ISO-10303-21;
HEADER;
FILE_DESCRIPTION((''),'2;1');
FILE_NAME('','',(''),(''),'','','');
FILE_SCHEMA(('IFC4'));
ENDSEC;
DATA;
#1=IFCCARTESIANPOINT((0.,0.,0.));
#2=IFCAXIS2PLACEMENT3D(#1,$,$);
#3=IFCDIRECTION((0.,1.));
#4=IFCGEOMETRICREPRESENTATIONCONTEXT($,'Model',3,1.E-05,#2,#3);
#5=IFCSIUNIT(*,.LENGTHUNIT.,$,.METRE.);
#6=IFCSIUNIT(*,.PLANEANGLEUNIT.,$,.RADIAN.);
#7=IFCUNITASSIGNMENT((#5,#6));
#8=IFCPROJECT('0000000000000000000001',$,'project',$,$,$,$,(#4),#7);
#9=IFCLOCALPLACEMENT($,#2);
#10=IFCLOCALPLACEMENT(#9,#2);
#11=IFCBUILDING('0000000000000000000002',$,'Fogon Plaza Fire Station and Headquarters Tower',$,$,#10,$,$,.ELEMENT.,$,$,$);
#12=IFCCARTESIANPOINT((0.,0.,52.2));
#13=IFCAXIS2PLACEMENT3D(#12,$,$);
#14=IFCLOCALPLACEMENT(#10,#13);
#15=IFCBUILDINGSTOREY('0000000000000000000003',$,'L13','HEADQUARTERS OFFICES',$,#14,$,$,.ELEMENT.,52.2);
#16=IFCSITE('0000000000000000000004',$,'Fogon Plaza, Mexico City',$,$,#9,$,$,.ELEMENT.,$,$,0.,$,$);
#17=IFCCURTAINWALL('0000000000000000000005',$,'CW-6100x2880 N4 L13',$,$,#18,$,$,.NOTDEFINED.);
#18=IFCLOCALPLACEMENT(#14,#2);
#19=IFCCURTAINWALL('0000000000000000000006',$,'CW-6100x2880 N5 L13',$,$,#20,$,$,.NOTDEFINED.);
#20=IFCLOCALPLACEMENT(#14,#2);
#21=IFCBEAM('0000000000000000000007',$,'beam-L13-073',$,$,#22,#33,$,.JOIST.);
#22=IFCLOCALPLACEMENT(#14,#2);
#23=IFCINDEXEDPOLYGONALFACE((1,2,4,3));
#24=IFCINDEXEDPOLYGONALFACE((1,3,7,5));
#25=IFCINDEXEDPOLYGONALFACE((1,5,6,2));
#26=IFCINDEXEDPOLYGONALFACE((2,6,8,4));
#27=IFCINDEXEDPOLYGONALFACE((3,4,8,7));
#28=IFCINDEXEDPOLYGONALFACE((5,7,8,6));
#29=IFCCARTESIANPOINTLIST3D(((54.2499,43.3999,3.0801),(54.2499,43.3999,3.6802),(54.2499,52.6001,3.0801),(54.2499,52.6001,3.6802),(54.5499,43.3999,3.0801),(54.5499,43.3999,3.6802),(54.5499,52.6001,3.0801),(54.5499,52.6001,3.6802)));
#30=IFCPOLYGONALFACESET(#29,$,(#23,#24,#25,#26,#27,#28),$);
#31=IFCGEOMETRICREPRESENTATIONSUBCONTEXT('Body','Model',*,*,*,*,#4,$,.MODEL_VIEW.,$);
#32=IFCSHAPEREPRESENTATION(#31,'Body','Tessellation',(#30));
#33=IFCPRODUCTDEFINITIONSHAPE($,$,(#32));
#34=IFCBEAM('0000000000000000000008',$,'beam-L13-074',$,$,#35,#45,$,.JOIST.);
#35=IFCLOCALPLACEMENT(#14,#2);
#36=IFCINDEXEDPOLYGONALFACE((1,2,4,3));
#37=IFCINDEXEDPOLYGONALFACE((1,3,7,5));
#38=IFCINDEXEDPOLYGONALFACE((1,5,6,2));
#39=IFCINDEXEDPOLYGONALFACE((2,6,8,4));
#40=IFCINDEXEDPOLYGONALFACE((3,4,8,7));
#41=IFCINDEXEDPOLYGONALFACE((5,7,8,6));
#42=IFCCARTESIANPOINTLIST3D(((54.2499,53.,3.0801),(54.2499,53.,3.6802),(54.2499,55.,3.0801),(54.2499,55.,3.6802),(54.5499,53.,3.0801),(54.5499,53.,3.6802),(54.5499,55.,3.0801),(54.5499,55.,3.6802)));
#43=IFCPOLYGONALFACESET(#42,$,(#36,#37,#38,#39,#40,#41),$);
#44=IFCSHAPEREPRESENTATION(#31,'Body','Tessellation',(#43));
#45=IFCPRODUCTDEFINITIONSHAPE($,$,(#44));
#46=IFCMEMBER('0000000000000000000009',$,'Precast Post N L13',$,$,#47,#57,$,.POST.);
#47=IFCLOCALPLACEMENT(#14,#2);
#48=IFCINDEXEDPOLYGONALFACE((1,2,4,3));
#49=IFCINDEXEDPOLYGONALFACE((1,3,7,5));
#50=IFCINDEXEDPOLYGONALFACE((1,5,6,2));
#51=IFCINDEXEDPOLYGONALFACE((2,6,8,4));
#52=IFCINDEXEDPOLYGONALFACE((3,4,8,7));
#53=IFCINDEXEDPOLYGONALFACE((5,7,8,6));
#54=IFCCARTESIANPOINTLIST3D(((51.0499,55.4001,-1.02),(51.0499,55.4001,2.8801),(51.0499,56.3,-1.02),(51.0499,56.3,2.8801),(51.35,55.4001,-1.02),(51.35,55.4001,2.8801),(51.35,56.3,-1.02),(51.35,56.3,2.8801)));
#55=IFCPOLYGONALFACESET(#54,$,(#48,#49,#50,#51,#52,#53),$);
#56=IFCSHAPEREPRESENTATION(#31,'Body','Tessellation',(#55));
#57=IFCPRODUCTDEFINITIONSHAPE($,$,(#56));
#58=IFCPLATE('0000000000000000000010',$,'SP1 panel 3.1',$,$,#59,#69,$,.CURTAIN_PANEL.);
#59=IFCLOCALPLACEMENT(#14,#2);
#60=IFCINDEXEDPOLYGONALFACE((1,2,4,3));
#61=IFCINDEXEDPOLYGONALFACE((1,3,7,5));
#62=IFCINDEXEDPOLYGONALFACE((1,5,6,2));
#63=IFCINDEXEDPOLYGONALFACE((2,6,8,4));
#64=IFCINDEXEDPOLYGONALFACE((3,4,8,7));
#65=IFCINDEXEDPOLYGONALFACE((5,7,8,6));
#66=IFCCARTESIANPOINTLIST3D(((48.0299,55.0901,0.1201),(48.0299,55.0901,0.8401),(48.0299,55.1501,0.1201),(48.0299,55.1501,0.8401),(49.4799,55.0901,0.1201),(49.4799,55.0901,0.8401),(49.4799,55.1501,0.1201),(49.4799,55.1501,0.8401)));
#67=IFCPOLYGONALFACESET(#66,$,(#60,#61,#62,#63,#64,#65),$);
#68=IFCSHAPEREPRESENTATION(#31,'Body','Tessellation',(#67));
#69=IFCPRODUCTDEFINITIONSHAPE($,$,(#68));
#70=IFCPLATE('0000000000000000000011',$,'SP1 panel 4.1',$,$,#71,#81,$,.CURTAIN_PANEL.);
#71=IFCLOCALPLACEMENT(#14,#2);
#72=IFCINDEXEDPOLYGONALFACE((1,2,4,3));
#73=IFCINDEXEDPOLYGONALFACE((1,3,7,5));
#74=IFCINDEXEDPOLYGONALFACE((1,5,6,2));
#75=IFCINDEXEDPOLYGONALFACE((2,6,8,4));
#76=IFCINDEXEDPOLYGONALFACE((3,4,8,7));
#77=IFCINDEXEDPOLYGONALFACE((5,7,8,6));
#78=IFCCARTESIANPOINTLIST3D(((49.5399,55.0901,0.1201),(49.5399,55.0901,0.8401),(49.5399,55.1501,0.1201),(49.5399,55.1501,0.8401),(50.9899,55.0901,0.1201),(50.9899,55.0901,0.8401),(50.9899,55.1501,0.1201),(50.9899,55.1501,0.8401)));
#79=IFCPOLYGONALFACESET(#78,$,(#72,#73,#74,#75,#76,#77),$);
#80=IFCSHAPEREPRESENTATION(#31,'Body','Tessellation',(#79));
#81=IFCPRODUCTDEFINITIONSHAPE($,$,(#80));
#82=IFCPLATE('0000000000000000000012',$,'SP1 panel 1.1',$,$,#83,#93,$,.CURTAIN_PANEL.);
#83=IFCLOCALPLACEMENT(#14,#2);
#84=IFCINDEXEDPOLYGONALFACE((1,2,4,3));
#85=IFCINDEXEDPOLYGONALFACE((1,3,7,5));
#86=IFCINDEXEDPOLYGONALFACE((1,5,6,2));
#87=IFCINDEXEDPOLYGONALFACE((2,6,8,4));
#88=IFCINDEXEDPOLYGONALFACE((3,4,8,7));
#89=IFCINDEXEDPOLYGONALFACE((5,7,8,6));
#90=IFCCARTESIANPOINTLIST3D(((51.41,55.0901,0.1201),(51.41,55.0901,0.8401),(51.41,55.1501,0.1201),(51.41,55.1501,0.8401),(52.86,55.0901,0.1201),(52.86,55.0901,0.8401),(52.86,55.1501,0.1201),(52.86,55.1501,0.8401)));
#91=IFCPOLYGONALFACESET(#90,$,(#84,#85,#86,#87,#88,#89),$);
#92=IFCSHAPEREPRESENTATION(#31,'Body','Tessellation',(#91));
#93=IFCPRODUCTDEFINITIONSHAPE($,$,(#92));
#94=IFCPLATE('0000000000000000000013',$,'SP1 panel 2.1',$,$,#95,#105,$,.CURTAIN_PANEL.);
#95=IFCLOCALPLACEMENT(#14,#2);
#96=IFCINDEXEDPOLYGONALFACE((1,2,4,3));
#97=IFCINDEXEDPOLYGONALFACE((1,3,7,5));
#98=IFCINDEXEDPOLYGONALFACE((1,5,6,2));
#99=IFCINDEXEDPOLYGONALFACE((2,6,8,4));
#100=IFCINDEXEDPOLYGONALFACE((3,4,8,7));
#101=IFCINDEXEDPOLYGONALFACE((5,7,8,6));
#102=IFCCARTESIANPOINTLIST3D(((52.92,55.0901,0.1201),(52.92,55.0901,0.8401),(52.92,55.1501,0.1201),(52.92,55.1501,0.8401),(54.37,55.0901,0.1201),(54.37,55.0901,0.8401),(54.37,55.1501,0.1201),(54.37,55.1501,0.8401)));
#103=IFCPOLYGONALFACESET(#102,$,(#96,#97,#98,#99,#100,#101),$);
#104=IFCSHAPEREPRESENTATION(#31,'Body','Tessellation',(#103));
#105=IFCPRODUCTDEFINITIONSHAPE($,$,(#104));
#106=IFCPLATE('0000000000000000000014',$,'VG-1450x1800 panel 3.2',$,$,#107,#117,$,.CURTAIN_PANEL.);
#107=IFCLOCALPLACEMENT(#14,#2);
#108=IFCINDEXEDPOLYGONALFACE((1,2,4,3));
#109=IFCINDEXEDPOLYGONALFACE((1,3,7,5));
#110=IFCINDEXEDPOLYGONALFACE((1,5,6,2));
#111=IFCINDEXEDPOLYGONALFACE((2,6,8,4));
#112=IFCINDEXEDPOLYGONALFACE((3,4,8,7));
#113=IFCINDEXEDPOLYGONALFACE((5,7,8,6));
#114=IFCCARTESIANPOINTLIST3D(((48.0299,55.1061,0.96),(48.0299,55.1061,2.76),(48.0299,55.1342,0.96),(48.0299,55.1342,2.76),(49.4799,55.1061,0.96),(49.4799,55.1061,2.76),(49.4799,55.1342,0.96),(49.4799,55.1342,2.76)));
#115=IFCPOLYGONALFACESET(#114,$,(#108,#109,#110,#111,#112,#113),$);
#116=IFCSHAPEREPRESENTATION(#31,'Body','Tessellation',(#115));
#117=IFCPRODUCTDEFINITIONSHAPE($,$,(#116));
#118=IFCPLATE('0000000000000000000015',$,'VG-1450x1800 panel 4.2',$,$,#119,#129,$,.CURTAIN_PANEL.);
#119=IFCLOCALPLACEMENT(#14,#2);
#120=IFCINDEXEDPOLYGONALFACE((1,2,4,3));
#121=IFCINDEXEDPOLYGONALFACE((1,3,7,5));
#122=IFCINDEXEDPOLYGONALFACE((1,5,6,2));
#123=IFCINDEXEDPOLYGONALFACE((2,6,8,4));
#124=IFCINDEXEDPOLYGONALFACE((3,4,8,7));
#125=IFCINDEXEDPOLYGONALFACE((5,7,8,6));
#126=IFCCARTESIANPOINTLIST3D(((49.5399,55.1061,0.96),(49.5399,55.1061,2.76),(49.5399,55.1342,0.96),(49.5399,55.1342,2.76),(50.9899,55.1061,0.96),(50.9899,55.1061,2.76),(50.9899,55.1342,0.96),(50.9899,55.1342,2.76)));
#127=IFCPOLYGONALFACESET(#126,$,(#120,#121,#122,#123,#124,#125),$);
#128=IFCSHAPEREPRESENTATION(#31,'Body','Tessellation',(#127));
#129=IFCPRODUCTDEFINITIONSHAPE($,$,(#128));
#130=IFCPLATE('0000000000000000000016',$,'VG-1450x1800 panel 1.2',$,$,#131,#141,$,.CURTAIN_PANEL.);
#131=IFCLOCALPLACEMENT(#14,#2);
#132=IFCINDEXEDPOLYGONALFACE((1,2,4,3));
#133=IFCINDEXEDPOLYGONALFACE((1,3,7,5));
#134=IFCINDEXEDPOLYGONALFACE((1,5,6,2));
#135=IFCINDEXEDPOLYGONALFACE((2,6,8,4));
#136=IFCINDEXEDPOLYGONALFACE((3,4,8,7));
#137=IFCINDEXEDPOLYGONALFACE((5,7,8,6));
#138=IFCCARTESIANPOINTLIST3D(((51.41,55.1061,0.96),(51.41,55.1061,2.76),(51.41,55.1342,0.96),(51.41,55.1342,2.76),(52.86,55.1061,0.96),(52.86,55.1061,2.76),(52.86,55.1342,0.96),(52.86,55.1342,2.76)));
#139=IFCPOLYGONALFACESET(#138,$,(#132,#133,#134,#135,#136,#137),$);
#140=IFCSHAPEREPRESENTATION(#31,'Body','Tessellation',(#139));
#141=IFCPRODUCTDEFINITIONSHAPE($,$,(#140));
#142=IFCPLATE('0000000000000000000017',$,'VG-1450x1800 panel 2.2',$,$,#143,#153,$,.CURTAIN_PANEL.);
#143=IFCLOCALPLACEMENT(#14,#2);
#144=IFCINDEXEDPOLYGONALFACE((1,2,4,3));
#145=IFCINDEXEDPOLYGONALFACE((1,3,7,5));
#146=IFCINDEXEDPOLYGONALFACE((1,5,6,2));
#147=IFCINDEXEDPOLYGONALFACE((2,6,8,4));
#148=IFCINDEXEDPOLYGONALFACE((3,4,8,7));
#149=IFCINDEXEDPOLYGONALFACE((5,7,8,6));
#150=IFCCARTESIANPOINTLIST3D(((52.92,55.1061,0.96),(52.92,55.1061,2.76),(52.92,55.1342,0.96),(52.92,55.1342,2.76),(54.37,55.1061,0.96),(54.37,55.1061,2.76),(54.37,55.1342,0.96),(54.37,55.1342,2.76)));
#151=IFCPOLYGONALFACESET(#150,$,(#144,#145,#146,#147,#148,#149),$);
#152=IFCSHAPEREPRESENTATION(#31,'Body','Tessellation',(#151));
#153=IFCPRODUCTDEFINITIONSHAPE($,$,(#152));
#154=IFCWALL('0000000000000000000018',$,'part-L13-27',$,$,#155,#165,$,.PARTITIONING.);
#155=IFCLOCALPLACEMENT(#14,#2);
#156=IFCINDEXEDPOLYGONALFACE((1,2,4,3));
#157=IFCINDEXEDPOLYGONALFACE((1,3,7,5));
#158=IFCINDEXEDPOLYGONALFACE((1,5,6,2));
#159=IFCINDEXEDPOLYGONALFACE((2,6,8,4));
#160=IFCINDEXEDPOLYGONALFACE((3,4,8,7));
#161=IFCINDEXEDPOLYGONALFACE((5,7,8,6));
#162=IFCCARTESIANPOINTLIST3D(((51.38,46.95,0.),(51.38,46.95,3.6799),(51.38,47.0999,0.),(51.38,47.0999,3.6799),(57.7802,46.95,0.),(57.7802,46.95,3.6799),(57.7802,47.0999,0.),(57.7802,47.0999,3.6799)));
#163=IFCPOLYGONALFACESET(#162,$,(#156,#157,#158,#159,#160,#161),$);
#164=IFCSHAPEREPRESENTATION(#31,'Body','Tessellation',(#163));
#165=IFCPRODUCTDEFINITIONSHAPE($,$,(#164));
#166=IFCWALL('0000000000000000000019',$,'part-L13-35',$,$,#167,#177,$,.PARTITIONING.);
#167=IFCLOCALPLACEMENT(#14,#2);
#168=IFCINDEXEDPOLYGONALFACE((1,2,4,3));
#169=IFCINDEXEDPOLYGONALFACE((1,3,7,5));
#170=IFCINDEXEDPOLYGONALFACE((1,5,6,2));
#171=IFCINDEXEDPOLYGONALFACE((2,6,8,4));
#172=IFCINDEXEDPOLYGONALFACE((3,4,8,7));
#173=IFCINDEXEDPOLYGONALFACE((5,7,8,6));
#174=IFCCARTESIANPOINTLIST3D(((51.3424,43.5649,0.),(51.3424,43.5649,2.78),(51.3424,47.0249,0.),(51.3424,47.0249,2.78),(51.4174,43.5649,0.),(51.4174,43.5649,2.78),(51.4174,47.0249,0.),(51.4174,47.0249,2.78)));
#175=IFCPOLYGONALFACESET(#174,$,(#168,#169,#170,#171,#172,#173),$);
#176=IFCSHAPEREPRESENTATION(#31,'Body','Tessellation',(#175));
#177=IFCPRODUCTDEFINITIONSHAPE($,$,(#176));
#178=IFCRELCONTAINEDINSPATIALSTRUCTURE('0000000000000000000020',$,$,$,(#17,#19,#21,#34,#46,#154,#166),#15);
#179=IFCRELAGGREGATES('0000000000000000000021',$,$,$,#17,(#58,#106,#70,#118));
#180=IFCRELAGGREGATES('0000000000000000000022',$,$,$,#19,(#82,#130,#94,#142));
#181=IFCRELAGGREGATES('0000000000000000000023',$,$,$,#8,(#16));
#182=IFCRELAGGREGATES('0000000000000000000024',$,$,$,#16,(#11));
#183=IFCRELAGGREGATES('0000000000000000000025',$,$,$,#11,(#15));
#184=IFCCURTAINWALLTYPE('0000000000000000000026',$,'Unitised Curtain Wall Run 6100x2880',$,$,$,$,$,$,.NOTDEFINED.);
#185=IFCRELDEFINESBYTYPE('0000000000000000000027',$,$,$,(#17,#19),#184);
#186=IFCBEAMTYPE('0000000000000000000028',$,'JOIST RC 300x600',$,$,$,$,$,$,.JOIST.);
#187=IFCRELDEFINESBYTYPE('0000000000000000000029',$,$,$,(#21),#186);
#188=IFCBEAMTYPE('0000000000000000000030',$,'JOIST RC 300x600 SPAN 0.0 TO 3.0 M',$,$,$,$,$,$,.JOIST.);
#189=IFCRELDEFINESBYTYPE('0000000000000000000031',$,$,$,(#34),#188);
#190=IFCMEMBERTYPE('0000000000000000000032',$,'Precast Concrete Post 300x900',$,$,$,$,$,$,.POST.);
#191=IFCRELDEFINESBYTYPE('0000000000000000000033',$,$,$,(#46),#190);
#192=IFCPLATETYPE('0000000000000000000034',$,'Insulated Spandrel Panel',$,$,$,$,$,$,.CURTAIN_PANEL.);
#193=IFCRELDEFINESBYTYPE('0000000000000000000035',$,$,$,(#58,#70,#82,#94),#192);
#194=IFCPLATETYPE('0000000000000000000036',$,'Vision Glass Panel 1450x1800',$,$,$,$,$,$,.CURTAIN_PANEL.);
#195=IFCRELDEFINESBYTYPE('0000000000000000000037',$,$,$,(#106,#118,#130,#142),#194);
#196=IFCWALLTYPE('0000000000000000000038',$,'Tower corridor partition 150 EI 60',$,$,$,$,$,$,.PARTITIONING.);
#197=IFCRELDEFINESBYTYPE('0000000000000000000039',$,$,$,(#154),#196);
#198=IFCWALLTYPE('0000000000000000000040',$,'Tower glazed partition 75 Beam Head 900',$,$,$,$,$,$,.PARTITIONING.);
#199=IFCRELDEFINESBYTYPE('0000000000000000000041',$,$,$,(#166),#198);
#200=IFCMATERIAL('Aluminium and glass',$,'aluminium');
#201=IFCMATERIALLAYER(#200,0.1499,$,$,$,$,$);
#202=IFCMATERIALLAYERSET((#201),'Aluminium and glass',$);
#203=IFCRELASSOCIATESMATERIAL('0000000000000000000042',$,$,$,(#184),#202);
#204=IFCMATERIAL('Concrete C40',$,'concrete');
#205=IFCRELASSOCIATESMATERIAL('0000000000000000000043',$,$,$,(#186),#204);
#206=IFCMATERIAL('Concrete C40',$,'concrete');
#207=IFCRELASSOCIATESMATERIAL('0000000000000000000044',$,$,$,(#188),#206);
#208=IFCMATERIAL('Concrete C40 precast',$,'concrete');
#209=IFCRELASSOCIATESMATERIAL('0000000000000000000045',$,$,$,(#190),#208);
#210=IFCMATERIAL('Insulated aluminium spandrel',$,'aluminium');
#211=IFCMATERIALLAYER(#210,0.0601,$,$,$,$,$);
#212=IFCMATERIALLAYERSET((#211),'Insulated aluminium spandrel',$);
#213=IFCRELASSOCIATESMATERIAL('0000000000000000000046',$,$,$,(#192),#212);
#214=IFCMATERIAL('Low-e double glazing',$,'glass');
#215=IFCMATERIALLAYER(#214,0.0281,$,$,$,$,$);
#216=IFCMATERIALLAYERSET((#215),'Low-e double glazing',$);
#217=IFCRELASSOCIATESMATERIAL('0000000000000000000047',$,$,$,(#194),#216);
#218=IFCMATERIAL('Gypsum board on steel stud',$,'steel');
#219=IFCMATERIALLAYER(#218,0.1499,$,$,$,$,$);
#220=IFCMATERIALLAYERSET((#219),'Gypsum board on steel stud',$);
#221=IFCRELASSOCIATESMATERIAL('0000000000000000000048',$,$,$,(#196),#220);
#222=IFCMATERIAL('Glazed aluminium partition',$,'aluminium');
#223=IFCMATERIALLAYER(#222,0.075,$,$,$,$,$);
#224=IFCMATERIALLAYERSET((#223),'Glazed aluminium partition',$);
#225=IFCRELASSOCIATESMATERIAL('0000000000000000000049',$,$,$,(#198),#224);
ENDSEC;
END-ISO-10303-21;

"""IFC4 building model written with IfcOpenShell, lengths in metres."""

from ifc_helpers import new_model, si_unit, direction, frame, frame_2d, origin, origin_2d, place, context, subcontext, project, spatial, rectangle, extrude, material, layer, layer_set, material_profile, profile_set, type_object, element, aggregate, save


model = new_model("IFC4")

# Units and contexts
model_context = context("Model", 3, precision=1e-05, world=origin(), true_north=direction((0.0, 1.0)))
body_context = subcontext(model_context, "Body", "Model", "MODEL_VIEW")
ifc_project = project(units=[si_unit("LENGTHUNIT", "METRE"), si_unit("PLANEANGLEUNIT", "RADIAN")], contexts=[model_context])

# Site, building, storey
site_placement = place(None, origin())
site = spatial("IfcSite", under=ifc_project, at=site_placement, Name="Fogon Plaza, Mexico City", CompositionType="ELEMENT", RefElevation=0.0)
building_placement = place(site_placement, origin())
building = spatial("IfcBuilding", under=site, at=building_placement, Name="Fogon Plaza Fire Station and Headquarters Tower", CompositionType="ELEMENT")
storey_placement = place(building_placement, frame((0.0, 0.0, 52.2)))
storey = spatial("IfcBuildingStorey", under=building, at=storey_placement, Name="L13", Description="HEADQUARTERS OFFICES", CompositionType="ELEMENT", Elevation=52.2)

# Curtain walls
ifc_material_1 = material(Name="Aluminium and glass", Category="aluminium")
ifc_layer_1 = layer(ifc_material_1, 0.1499)
ifc_layer_set_1 = layer_set([ifc_layer_1], Name="Aluminium and glass")
curtain_wall_type = type_object("IfcCurtainWallType", Name="Unitised Curtain Wall Run 6100x2880", PredefinedType="NOTDEFINED", material=ifc_layer_set_1)
curtain_wall_1_placement = place(storey_placement, origin())
curtain_wall_1 = element("IfcCurtainWall", 1, at=curtain_wall_1_placement, inside=storey, type_object=curtain_wall_type, Name="CW-6100x2880 N4 L13", PredefinedType="NOTDEFINED")
curtain_wall_2_placement = place(storey_placement, origin())
curtain_wall_2 = element("IfcCurtainWall", 2, at=curtain_wall_2_placement, inside=storey, type_object=curtain_wall_type, Name="CW-6100x2880 N5 L13", PredefinedType="NOTDEFINED")

# Beams
ifc_material_2 = material(Name="Concrete C40", Category="concrete")
ifc_material_profile_1 = material_profile(ifc_material_2, rectangle(XDim=0.3, YDim=0.6001, at=origin_2d()), Name="RC 300x600")
ifc_profile_set_1 = profile_set([ifc_material_profile_1], Name="Concrete C40")
beam_type_1 = type_object("IfcBeamType", Name="JOIST RC 300x600", PredefinedType="JOIST", material=ifc_profile_set_1)
beam_1_placement = place(storey_placement, frame((54.3999, 43.3999, 3.3801), z_axis=(0.0, 1.0, 0.0), x_axis=(-1.0, 0.0, 0.0)))
element("IfcBeam", 3, at=beam_1_placement, inside=storey, type_object=beam_type_1, Name="beam-L13-073", PredefinedType="JOIST", context=body_context, shape_type="SweptSolid", body=[
    extrude(rectangle(XDim=0.3, YDim=0.6001, at=origin_2d()), origin(), (0.0, 0.0, 1.0), 9.2002),
])
ifc_material_3 = material(Name="Concrete C40", Category="concrete")
ifc_material_profile_2 = material_profile(ifc_material_3, rectangle(XDim=0.3, YDim=0.6001, at=origin_2d()), Name="RC 300x600")
ifc_profile_set_2 = profile_set([ifc_material_profile_2], Name="Concrete C40")
beam_type_2 = type_object("IfcBeamType", Name="JOIST RC 300x600 SPAN 0.0 TO 3.0 M", PredefinedType="JOIST", material=ifc_profile_set_2)
beam_2_placement = place(storey_placement, frame((54.3999, 53.0, 3.3801), z_axis=(0.0, 1.0, 0.0), x_axis=(-1.0, 0.0, 0.0)))
element("IfcBeam", 4, at=beam_2_placement, inside=storey, type_object=beam_type_2, Name="beam-L13-074", PredefinedType="JOIST", context=body_context, shape_type="SweptSolid", body=[
    extrude(rectangle(XDim=0.3, YDim=0.6001, at=origin_2d()), origin(), (0.0, 0.0, 1.0), 2.0),
])

# Member
ifc_material_4 = material(Name="Concrete C40 precast", Category="concrete")
ifc_material_profile_3 = material_profile(ifc_material_4, rectangle(XDim=0.3, YDim=0.8999, at=origin_2d()), Name="Precast Concrete Post 300x900")
ifc_profile_set_3 = profile_set([ifc_material_profile_3], Name="Concrete C40 precast")
member_type_1 = type_object("IfcMemberType", Name="Precast Concrete Post 300x900", PredefinedType="POST", material=ifc_profile_set_3)
member_1_placement = place(storey_placement, frame((51.2, 55.8501, -1.02), z_axis=(0.0, 0.0, 1.0), x_axis=(1.0, 0.0, 0.0)))
element("IfcMember", 5, at=member_1_placement, inside=storey, type_object=member_type_1, Name="Precast Post N L13", PredefinedType="POST", context=body_context, shape_type="SweptSolid", body=[
    extrude(rectangle(XDim=0.3, YDim=0.8999, at=origin_2d()), origin(), (0.0, 0.0, 1.0), 3.9001),
])

# Plates
ifc_material_5 = material(Name="Insulated aluminium spandrel", Category="aluminium")
ifc_layer_2 = layer(ifc_material_5, 0.0601)
ifc_layer_set_2 = layer_set([ifc_layer_2], Name="Insulated aluminium spandrel")
plate_type_1 = type_object("IfcPlateType", Name="Insulated Spandrel Panel", PredefinedType="CURTAIN_PANEL", material=ifc_layer_set_2)
plate_1_placement = place(storey_placement, frame((48.7549, 55.1201, 0.1201), z_axis=(0.0, 0.0, 1.0), x_axis=(1.0, 0.0, 0.0)))
plate_1 = element("IfcPlate", 6, at=plate_1_placement, type_object=plate_type_1, Name="SP1 panel 3.1", PredefinedType="CURTAIN_PANEL", context=body_context, shape_type="SweptSolid", body=[
    extrude(rectangle(XDim=1.45, YDim=0.0601, at=origin_2d()), origin(), (0.0, 0.0, 1.0), 0.72),
])
plate_2_placement = place(storey_placement, frame((50.2649, 55.1201, 0.1201), z_axis=(0.0, 0.0, 1.0), x_axis=(1.0, 0.0, 0.0)))
plate_2 = element("IfcPlate", 7, at=plate_2_placement, type_object=plate_type_1, Name="SP1 panel 4.1", PredefinedType="CURTAIN_PANEL", context=body_context, shape_type="SweptSolid", body=[
    extrude(rectangle(XDim=1.45, YDim=0.0601, at=origin_2d()), origin(), (0.0, 0.0, 1.0), 0.72),
])
plate_3_placement = place(storey_placement, frame((52.135, 55.1201, 0.1201), z_axis=(0.0, 0.0, 1.0), x_axis=(1.0, 0.0, 0.0)))
plate_3 = element("IfcPlate", 8, at=plate_3_placement, type_object=plate_type_1, Name="SP1 panel 1.1", PredefinedType="CURTAIN_PANEL", context=body_context, shape_type="SweptSolid", body=[
    extrude(rectangle(XDim=1.45, YDim=0.0601, at=origin_2d()), origin(), (0.0, 0.0, 1.0), 0.72),
])
plate_4_placement = place(storey_placement, frame((53.645, 55.1201, 0.1201), z_axis=(0.0, 0.0, 1.0), x_axis=(1.0, 0.0, 0.0)))
plate_4 = element("IfcPlate", 9, at=plate_4_placement, type_object=plate_type_1, Name="SP1 panel 2.1", PredefinedType="CURTAIN_PANEL", context=body_context, shape_type="SweptSolid", body=[
    extrude(rectangle(XDim=1.45, YDim=0.0601, at=origin_2d()), origin(), (0.0, 0.0, 1.0), 0.72),
])
ifc_material_6 = material(Name="Low-e double glazing", Category="glass")
ifc_layer_3 = layer(ifc_material_6, 0.0281)
ifc_layer_set_3 = layer_set([ifc_layer_3], Name="Low-e double glazing")
plate_type_2 = type_object("IfcPlateType", Name="Vision Glass Panel 1450x1800", PredefinedType="CURTAIN_PANEL", material=ifc_layer_set_3)
plate_5_placement = place(storey_placement, frame((48.7549, 55.1201, 0.96), z_axis=(0.0, 0.0, 1.0), x_axis=(1.0, 0.0, 0.0)))
plate_5 = element("IfcPlate", 10, at=plate_5_placement, type_object=plate_type_2, Name="VG-1450x1800 panel 3.2", PredefinedType="CURTAIN_PANEL", context=body_context, shape_type="SweptSolid", body=[
    extrude(rectangle(XDim=1.45, YDim=0.0281, at=origin_2d()), origin(), (0.0, 0.0, 1.0), 1.8),
])
plate_6_placement = place(storey_placement, frame((50.2649, 55.1201, 0.96), z_axis=(0.0, 0.0, 1.0), x_axis=(1.0, 0.0, 0.0)))
plate_6 = element("IfcPlate", 11, at=plate_6_placement, type_object=plate_type_2, Name="VG-1450x1800 panel 4.2", PredefinedType="CURTAIN_PANEL", context=body_context, shape_type="SweptSolid", body=[
    extrude(rectangle(XDim=1.45, YDim=0.0281, at=origin_2d()), origin(), (0.0, 0.0, 1.0), 1.8),
])
aggregate(curtain_wall_1, [plate_1, plate_5, plate_2, plate_6])
plate_7_placement = place(storey_placement, frame((52.135, 55.1201, 0.96), z_axis=(0.0, 0.0, 1.0), x_axis=(1.0, 0.0, 0.0)))
plate_7 = element("IfcPlate", 12, at=plate_7_placement, type_object=plate_type_2, Name="VG-1450x1800 panel 1.2", PredefinedType="CURTAIN_PANEL", context=body_context, shape_type="SweptSolid", body=[
    extrude(rectangle(XDim=1.45, YDim=0.0281, at=origin_2d()), origin(), (0.0, 0.0, 1.0), 1.8),
])
plate_8_placement = place(storey_placement, frame((53.645, 55.1201, 0.96), z_axis=(0.0, 0.0, 1.0), x_axis=(1.0, 0.0, 0.0)))
plate_8 = element("IfcPlate", 13, at=plate_8_placement, type_object=plate_type_2, Name="VG-1450x1800 panel 2.2", PredefinedType="CURTAIN_PANEL", context=body_context, shape_type="SweptSolid", body=[
    extrude(rectangle(XDim=1.45, YDim=0.0281, at=origin_2d()), origin(), (0.0, 0.0, 1.0), 1.8),
])
aggregate(curtain_wall_2, [plate_3, plate_7, plate_4, plate_8])

# Walls
ifc_material_7 = material(Name="Gypsum board on steel stud", Category="steel")
ifc_layer_4 = layer(ifc_material_7, 0.1499)
ifc_layer_set_4 = layer_set([ifc_layer_4], Name="Gypsum board on steel stud")
wall_type_1 = type_object("IfcWallType", Name="Tower corridor partition 150 EI 60", PredefinedType="PARTITIONING", material=ifc_layer_set_4)
wall_1_placement = place(storey_placement, frame((51.3799, 47.0249, 0.0), z_axis=(0.0, 0.0, 1.0), x_axis=(1.0, 0.0, 0.0)))
element("IfcWall", 14, at=wall_1_placement, inside=storey, type_object=wall_type_1, Name="part-L13-27", PredefinedType="PARTITIONING", context=body_context, shape_type="SweptSolid", body=[
    extrude(rectangle(XDim=6.4001, YDim=0.1499, at=frame_2d((3.2002, 0.0))), origin(), (0.0, 0.0, 1.0), 3.6799),
])
ifc_material_8 = material(Name="Glazed aluminium partition", Category="aluminium")
ifc_layer_5 = layer(ifc_material_8, 0.075)
ifc_layer_set_5 = layer_set([ifc_layer_5], Name="Glazed aluminium partition")
wall_type_2 = type_object("IfcWallType", Name="Tower glazed partition 75 Beam Head 900", PredefinedType="PARTITIONING", material=ifc_layer_set_5)
wall_2_placement = place(storey_placement, frame((51.3799, 43.5649, 0.0), z_axis=(0.0, 0.0, 1.0), x_axis=(0.0, 1.0, 0.0)))
element("IfcWall", 15, at=wall_2_placement, inside=storey, type_object=wall_type_2, Name="part-L13-35", PredefinedType="PARTITIONING", context=body_context, shape_type="SweptSolid", body=[
    extrude(rectangle(XDim=3.46, YDim=0.075, at=frame_2d((1.73, 0.0))), origin(), (0.0, 0.0, 1.0), 2.78),
])

save(model, "model.ifc")
